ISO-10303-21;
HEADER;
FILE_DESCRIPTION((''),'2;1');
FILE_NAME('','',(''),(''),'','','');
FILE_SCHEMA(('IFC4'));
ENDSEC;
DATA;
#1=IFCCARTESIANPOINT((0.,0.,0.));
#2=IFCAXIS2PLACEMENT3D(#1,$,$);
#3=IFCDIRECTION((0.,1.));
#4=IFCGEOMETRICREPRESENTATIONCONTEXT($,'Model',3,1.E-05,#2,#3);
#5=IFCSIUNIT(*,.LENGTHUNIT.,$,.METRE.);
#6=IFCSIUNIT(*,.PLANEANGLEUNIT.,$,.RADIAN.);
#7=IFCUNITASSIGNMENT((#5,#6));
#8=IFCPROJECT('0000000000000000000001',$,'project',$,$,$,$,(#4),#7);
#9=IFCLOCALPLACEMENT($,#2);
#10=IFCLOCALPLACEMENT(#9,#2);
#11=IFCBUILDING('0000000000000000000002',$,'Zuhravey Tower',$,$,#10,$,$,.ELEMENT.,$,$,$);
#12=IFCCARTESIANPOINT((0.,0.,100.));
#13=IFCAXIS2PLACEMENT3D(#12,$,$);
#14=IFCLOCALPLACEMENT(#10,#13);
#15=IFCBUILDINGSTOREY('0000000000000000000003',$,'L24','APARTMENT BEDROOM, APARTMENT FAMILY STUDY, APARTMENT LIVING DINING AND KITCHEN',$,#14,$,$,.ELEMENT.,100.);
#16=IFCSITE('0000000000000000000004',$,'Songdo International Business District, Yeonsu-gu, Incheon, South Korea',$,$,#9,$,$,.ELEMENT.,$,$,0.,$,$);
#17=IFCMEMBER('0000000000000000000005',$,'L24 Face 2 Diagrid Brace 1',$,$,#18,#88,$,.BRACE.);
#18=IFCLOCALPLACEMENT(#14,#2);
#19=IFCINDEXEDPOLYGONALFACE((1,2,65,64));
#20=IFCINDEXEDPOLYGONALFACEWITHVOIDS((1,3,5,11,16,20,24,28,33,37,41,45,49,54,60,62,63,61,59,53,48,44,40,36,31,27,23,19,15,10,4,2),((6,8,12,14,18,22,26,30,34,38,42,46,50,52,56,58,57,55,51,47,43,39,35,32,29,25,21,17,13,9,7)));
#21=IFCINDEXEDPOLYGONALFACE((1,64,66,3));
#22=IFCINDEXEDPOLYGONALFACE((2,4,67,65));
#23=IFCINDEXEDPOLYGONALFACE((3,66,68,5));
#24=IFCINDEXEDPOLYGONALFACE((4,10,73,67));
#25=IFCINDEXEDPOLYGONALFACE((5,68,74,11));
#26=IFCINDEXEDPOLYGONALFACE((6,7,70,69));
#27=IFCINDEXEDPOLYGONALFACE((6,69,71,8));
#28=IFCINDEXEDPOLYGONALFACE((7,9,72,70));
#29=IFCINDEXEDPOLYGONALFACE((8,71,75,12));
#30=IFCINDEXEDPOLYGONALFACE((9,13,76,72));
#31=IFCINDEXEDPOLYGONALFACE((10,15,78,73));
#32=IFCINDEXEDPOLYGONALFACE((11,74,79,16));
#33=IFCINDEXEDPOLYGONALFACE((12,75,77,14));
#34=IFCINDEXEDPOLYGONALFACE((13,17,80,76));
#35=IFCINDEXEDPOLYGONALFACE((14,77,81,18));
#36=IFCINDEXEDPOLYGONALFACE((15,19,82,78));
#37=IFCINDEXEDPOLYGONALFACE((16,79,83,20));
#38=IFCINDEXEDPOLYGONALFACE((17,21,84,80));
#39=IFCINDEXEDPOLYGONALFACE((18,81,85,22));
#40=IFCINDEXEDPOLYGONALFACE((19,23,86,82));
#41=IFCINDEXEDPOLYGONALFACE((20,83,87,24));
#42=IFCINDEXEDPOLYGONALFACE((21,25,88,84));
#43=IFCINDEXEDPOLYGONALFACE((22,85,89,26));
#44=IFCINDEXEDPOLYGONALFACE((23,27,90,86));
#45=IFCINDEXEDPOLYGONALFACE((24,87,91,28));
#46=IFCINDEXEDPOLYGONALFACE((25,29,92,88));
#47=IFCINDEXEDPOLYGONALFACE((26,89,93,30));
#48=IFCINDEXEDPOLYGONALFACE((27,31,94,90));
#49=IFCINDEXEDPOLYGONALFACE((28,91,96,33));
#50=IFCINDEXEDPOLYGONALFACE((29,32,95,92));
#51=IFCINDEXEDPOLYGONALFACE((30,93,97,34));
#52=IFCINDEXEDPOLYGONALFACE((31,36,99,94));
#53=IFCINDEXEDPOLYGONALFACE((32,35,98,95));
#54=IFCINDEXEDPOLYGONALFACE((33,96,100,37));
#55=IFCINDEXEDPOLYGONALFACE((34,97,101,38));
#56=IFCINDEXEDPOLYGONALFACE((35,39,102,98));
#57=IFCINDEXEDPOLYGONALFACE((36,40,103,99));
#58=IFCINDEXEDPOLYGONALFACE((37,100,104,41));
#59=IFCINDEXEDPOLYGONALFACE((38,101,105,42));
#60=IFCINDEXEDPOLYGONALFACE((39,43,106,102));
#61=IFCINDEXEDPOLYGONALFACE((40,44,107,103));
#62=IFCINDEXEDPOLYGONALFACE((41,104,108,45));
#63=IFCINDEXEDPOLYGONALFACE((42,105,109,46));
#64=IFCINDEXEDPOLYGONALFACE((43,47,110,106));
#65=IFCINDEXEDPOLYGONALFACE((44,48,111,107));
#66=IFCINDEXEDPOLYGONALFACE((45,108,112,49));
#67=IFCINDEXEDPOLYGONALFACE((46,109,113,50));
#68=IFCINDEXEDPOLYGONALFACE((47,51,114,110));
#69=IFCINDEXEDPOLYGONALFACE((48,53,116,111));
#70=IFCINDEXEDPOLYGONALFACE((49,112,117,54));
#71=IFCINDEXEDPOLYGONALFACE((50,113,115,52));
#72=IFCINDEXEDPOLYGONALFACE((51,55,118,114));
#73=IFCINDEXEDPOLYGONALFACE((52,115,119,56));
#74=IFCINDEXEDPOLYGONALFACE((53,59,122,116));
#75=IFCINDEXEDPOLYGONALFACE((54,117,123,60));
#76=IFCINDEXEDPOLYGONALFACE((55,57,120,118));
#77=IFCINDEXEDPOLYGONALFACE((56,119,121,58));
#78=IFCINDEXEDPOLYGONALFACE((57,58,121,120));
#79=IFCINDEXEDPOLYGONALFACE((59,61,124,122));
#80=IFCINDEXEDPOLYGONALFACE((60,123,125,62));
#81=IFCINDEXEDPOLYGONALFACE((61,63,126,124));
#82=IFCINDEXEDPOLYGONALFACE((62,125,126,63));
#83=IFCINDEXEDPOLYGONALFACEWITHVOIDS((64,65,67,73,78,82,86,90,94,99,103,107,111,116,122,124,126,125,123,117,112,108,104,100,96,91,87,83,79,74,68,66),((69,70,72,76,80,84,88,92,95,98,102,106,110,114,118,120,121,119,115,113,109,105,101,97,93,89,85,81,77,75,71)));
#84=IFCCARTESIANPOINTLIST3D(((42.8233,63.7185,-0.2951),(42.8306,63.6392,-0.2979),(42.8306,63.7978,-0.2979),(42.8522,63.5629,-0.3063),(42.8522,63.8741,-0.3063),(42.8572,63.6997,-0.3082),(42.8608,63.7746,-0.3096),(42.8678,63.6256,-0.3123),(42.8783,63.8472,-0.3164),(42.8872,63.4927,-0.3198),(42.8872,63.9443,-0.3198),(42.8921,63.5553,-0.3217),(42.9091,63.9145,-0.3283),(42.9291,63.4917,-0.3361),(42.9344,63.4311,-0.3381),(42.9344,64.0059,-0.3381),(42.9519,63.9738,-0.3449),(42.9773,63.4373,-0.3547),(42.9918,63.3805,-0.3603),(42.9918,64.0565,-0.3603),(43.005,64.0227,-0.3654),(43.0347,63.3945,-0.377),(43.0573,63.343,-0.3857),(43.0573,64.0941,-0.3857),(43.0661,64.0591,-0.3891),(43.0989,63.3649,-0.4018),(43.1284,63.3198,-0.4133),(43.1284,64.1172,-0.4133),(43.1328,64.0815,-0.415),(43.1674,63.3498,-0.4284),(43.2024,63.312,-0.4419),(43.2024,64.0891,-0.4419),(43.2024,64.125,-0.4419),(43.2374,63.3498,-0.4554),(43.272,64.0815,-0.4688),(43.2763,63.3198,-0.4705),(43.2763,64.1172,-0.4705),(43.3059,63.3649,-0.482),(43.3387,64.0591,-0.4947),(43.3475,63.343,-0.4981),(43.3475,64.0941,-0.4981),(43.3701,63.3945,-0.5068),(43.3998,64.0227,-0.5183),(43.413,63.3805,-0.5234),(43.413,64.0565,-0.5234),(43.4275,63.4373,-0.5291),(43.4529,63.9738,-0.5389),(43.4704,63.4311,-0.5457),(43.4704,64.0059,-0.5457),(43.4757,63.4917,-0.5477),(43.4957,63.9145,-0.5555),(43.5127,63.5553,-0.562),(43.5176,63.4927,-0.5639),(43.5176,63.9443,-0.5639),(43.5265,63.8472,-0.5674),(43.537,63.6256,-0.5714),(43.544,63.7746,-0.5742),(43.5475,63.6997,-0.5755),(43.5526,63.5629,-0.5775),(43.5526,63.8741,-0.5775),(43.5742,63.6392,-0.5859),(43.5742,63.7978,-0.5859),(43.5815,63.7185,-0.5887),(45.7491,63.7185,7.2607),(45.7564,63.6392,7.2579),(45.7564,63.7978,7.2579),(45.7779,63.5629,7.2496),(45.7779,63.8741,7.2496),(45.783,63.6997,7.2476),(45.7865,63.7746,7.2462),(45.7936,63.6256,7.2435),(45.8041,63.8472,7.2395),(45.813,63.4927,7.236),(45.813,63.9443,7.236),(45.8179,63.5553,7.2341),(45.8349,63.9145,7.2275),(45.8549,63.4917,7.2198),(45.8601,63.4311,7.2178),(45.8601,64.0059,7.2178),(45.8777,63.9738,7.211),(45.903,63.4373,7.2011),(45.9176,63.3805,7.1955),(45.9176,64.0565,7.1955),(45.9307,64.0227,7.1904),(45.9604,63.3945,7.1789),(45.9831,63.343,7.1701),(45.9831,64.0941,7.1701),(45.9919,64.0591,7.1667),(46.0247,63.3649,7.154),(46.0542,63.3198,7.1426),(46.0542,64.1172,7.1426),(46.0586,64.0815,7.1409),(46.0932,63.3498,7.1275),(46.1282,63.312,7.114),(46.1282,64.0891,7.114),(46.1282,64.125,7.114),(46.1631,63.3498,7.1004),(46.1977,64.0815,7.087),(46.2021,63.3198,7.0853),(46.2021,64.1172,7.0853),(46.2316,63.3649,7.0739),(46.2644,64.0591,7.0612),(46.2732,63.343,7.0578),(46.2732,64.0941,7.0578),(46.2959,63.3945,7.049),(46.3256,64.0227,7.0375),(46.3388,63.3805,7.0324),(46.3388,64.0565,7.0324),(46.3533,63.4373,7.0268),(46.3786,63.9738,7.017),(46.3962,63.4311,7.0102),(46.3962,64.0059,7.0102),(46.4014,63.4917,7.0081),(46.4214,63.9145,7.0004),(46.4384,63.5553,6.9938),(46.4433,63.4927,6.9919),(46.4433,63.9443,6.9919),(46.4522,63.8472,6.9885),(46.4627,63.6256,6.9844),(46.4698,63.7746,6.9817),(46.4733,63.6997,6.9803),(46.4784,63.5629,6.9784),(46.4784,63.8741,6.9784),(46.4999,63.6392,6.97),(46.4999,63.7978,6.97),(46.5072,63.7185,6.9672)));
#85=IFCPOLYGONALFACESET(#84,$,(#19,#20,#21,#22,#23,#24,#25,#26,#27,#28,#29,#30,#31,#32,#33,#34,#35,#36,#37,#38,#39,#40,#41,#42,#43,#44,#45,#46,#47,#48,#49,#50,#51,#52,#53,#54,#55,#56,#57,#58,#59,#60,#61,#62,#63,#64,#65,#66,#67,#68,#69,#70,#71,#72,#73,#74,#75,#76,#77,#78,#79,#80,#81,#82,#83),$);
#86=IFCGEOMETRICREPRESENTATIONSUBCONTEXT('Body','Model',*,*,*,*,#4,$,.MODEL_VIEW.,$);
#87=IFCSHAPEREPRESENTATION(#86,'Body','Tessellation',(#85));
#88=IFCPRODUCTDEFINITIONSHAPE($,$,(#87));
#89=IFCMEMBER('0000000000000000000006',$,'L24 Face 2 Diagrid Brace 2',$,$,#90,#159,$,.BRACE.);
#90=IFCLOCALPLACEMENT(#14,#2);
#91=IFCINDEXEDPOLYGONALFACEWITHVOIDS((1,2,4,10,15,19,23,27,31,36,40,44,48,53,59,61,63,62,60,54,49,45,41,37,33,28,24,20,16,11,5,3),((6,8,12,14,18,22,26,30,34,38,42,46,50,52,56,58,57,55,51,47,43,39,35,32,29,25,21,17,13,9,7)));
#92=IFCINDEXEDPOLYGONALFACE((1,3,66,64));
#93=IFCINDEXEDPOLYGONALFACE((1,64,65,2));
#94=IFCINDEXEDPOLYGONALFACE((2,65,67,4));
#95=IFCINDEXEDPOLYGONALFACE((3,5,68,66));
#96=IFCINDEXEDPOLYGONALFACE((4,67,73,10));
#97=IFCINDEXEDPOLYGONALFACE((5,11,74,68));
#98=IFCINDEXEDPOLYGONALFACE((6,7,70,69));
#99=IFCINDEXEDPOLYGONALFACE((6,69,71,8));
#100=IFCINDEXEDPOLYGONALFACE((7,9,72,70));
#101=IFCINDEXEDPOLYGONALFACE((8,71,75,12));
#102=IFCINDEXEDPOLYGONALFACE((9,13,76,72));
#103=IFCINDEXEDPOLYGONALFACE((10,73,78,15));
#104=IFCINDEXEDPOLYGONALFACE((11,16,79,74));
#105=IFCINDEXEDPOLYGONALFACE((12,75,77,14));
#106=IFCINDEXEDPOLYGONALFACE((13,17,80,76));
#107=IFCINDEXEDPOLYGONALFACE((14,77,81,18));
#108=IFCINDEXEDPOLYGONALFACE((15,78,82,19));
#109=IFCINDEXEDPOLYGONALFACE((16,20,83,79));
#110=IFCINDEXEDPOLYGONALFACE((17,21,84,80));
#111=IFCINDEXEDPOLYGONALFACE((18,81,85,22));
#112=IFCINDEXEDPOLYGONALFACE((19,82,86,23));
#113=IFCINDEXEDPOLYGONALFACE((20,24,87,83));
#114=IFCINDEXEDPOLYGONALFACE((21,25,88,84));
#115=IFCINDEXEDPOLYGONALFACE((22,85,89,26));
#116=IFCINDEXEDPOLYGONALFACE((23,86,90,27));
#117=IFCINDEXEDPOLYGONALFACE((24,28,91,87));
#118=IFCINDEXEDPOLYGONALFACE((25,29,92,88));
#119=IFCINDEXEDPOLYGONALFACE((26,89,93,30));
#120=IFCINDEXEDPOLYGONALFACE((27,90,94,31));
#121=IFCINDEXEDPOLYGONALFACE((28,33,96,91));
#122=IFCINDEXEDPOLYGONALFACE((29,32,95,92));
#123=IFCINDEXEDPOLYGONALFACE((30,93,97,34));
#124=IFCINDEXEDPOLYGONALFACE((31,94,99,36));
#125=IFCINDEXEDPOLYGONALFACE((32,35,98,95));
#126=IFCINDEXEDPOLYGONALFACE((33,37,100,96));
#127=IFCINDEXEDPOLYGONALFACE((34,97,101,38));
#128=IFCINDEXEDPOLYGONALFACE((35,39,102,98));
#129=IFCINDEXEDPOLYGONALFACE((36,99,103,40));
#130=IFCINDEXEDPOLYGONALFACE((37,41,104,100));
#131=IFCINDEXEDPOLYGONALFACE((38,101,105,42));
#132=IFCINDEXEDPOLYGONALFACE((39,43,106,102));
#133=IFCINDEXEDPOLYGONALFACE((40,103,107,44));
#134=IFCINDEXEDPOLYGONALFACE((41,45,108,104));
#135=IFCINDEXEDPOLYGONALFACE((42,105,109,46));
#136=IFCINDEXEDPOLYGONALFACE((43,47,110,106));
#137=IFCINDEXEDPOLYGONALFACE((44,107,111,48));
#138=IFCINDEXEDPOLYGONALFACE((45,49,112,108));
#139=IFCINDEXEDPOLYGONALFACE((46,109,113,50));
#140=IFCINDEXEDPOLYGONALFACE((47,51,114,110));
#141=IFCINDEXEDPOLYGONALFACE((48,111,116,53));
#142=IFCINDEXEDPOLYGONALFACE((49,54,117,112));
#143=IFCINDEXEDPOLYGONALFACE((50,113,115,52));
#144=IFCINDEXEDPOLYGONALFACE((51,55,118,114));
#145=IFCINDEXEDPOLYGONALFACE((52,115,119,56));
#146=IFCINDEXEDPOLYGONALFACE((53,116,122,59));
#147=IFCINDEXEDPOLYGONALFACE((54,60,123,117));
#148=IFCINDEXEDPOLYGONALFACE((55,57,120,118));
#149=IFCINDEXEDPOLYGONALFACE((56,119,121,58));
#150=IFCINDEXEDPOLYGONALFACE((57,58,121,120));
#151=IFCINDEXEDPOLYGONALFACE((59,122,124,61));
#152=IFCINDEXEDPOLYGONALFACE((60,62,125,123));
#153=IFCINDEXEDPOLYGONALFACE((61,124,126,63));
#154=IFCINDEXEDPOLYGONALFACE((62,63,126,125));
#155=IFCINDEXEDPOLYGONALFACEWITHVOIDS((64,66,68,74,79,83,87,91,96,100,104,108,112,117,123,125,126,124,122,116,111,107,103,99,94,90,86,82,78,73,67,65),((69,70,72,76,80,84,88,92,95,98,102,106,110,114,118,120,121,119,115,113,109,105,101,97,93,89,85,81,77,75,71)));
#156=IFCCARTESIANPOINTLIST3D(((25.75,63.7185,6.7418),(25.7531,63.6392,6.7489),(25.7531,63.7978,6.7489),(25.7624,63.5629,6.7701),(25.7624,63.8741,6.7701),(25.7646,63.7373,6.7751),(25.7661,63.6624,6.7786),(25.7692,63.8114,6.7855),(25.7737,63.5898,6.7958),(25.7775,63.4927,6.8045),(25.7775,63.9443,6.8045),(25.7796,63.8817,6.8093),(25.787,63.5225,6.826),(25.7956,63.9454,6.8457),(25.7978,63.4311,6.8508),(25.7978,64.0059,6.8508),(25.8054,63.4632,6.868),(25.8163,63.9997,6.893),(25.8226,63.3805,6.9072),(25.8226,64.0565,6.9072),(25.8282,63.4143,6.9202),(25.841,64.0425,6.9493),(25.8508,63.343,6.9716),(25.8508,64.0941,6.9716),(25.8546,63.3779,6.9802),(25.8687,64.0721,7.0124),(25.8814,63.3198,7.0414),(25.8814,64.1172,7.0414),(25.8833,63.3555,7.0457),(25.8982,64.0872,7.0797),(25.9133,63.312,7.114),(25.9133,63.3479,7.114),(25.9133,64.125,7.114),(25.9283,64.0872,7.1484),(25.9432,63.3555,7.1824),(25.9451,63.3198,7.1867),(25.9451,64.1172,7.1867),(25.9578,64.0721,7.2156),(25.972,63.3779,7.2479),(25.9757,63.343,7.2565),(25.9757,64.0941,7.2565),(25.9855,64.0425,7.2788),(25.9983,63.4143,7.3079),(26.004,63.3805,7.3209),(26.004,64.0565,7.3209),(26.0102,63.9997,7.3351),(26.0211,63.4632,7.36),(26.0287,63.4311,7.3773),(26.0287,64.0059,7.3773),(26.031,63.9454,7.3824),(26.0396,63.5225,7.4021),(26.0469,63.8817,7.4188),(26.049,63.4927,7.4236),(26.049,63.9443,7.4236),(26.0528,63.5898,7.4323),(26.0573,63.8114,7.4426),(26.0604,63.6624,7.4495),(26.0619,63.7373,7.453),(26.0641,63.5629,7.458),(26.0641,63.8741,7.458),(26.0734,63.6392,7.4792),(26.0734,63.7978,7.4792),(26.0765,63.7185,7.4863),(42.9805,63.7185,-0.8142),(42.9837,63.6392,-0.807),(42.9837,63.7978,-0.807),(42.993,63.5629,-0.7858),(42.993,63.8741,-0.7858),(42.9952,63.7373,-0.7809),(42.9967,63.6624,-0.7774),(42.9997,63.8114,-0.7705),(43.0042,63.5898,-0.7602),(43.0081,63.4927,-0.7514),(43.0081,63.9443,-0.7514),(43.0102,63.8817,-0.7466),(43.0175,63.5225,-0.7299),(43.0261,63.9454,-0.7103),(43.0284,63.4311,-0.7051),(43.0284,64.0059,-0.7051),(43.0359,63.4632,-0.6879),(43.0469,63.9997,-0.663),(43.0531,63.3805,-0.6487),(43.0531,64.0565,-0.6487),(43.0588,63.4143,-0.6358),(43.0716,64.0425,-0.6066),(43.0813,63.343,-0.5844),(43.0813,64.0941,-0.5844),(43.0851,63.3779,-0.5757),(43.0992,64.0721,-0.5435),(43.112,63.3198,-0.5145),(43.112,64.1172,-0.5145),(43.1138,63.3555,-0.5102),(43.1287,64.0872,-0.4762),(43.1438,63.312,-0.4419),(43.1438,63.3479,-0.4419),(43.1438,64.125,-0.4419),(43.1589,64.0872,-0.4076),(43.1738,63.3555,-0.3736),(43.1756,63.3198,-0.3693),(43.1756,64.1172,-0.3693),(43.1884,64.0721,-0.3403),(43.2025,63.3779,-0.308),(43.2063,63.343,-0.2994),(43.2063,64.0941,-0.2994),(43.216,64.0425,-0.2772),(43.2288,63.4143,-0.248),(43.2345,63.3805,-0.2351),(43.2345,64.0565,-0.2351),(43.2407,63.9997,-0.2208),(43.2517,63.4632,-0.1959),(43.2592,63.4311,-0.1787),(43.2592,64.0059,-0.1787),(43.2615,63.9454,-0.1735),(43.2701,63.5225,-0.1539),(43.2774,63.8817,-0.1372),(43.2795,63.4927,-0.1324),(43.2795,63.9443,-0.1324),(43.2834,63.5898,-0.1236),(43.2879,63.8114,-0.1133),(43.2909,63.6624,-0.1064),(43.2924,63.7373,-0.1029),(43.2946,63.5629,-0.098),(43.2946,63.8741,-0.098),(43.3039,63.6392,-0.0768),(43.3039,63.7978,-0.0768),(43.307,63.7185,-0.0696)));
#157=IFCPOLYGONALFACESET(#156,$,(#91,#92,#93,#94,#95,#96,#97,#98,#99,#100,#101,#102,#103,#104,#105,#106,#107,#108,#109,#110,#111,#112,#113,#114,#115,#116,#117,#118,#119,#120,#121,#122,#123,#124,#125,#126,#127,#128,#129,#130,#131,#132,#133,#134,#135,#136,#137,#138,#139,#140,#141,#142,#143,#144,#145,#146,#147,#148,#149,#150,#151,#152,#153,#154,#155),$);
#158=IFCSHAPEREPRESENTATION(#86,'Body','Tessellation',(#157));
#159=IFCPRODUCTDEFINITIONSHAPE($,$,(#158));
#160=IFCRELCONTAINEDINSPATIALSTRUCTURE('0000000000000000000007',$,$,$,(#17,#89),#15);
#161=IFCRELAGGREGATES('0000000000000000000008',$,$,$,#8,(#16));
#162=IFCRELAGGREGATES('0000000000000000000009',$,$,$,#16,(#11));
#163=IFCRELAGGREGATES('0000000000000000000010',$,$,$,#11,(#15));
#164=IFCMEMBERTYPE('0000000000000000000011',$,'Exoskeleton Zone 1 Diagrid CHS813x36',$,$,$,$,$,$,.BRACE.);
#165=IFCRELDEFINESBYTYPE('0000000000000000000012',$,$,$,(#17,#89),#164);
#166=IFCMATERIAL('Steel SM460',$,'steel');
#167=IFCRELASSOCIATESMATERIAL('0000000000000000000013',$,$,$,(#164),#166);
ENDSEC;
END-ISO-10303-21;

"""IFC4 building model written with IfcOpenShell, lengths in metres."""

from ifc_helpers import new_model, si_unit, direction, frame, origin, origin_2d, place, context, subcontext, project, spatial, hollow_circle, extrude, material, material_profile, profile_set, type_object, element, save


model = new_model("IFC4")

# Units and contexts
model_context = context("Model", 3, precision=1e-05, world=origin(), true_north=direction((0.0, 1.0)))
body_context = subcontext(model_context, "Body", "Model", "MODEL_VIEW")
ifc_project = project(units=[si_unit("LENGTHUNIT", "METRE"), si_unit("PLANEANGLEUNIT", "RADIAN")], contexts=[model_context])

# Site, building, storey
site_placement = place(None, origin())
site = spatial("IfcSite", under=ifc_project, at=site_placement, Name="Songdo International Business District, Yeonsu-gu, Incheon, South Korea", CompositionType="ELEMENT", RefElevation=0.0)
building_placement = place(site_placement, origin())
building = spatial("IfcBuilding", under=site, at=building_placement, Name="Zuhravey Tower", CompositionType="ELEMENT")
storey_placement = place(building_placement, frame((0.0, 0.0, 100.0)))
storey = spatial("IfcBuildingStorey", under=building, at=storey_placement, Name="L24", Description="APARTMENT BEDROOM, APARTMENT FAMILY STUDY, APARTMENT LIVING DINING AND KITCHEN", CompositionType="ELEMENT", Elevation=100.0)

# Members
ifc_material_1 = material(Name="Steel SM460", Category="steel")
ifc_material_profile_1 = material_profile(ifc_material_1, hollow_circle(Radius=0.4065, WallThickness=0.0359, at=origin_2d()), Name="CHS-812.8x36")
ifc_profile_set_1 = profile_set([ifc_material_profile_1], Name="Steel SM460")
member_type_1 = type_object("IfcMemberType", Name="Exoskeleton Zone 1 Diagrid CHS813x36", PredefinedType="BRACE", material=ifc_profile_set_1)
member_1_placement = place(storey_placement, frame((43.2024, 63.7185, -0.4419), z_axis=(0.361092, 0.0, 0.93253), x_axis=(0.0, 1.0, 0.0)))
element("IfcMember", 1, at=member_1_placement, inside=storey, type_object=member_type_1, Name="L24 Face 2 Diagrid Brace 1", PredefinedType="BRACE", context=body_context, shape_type="SweptSolid", body=[
    extrude(hollow_circle(Radius=0.4065, WallThickness=0.0359, at=origin_2d()), origin(), (0.0, 0.0, 1.0), 8.1025),
])
member_2_placement = place(storey_placement, frame((43.1438, 63.7185, -0.4419), z_axis=(-0.915814, 0.0, 0.401603), x_axis=(0.0, -1.0, 0.0)))
element("IfcMember", 2, at=member_2_placement, inside=storey, type_object=member_type_1, Name="L24 Face 2 Diagrid Brace 2", PredefinedType="BRACE", context=body_context, shape_type="SweptSolid", body=[
    extrude(hollow_circle(Radius=0.4065, WallThickness=0.0359, at=origin_2d()), origin(), (0.0, 0.0, 1.0), 18.8145),
])

save(model, "model.ifc")
